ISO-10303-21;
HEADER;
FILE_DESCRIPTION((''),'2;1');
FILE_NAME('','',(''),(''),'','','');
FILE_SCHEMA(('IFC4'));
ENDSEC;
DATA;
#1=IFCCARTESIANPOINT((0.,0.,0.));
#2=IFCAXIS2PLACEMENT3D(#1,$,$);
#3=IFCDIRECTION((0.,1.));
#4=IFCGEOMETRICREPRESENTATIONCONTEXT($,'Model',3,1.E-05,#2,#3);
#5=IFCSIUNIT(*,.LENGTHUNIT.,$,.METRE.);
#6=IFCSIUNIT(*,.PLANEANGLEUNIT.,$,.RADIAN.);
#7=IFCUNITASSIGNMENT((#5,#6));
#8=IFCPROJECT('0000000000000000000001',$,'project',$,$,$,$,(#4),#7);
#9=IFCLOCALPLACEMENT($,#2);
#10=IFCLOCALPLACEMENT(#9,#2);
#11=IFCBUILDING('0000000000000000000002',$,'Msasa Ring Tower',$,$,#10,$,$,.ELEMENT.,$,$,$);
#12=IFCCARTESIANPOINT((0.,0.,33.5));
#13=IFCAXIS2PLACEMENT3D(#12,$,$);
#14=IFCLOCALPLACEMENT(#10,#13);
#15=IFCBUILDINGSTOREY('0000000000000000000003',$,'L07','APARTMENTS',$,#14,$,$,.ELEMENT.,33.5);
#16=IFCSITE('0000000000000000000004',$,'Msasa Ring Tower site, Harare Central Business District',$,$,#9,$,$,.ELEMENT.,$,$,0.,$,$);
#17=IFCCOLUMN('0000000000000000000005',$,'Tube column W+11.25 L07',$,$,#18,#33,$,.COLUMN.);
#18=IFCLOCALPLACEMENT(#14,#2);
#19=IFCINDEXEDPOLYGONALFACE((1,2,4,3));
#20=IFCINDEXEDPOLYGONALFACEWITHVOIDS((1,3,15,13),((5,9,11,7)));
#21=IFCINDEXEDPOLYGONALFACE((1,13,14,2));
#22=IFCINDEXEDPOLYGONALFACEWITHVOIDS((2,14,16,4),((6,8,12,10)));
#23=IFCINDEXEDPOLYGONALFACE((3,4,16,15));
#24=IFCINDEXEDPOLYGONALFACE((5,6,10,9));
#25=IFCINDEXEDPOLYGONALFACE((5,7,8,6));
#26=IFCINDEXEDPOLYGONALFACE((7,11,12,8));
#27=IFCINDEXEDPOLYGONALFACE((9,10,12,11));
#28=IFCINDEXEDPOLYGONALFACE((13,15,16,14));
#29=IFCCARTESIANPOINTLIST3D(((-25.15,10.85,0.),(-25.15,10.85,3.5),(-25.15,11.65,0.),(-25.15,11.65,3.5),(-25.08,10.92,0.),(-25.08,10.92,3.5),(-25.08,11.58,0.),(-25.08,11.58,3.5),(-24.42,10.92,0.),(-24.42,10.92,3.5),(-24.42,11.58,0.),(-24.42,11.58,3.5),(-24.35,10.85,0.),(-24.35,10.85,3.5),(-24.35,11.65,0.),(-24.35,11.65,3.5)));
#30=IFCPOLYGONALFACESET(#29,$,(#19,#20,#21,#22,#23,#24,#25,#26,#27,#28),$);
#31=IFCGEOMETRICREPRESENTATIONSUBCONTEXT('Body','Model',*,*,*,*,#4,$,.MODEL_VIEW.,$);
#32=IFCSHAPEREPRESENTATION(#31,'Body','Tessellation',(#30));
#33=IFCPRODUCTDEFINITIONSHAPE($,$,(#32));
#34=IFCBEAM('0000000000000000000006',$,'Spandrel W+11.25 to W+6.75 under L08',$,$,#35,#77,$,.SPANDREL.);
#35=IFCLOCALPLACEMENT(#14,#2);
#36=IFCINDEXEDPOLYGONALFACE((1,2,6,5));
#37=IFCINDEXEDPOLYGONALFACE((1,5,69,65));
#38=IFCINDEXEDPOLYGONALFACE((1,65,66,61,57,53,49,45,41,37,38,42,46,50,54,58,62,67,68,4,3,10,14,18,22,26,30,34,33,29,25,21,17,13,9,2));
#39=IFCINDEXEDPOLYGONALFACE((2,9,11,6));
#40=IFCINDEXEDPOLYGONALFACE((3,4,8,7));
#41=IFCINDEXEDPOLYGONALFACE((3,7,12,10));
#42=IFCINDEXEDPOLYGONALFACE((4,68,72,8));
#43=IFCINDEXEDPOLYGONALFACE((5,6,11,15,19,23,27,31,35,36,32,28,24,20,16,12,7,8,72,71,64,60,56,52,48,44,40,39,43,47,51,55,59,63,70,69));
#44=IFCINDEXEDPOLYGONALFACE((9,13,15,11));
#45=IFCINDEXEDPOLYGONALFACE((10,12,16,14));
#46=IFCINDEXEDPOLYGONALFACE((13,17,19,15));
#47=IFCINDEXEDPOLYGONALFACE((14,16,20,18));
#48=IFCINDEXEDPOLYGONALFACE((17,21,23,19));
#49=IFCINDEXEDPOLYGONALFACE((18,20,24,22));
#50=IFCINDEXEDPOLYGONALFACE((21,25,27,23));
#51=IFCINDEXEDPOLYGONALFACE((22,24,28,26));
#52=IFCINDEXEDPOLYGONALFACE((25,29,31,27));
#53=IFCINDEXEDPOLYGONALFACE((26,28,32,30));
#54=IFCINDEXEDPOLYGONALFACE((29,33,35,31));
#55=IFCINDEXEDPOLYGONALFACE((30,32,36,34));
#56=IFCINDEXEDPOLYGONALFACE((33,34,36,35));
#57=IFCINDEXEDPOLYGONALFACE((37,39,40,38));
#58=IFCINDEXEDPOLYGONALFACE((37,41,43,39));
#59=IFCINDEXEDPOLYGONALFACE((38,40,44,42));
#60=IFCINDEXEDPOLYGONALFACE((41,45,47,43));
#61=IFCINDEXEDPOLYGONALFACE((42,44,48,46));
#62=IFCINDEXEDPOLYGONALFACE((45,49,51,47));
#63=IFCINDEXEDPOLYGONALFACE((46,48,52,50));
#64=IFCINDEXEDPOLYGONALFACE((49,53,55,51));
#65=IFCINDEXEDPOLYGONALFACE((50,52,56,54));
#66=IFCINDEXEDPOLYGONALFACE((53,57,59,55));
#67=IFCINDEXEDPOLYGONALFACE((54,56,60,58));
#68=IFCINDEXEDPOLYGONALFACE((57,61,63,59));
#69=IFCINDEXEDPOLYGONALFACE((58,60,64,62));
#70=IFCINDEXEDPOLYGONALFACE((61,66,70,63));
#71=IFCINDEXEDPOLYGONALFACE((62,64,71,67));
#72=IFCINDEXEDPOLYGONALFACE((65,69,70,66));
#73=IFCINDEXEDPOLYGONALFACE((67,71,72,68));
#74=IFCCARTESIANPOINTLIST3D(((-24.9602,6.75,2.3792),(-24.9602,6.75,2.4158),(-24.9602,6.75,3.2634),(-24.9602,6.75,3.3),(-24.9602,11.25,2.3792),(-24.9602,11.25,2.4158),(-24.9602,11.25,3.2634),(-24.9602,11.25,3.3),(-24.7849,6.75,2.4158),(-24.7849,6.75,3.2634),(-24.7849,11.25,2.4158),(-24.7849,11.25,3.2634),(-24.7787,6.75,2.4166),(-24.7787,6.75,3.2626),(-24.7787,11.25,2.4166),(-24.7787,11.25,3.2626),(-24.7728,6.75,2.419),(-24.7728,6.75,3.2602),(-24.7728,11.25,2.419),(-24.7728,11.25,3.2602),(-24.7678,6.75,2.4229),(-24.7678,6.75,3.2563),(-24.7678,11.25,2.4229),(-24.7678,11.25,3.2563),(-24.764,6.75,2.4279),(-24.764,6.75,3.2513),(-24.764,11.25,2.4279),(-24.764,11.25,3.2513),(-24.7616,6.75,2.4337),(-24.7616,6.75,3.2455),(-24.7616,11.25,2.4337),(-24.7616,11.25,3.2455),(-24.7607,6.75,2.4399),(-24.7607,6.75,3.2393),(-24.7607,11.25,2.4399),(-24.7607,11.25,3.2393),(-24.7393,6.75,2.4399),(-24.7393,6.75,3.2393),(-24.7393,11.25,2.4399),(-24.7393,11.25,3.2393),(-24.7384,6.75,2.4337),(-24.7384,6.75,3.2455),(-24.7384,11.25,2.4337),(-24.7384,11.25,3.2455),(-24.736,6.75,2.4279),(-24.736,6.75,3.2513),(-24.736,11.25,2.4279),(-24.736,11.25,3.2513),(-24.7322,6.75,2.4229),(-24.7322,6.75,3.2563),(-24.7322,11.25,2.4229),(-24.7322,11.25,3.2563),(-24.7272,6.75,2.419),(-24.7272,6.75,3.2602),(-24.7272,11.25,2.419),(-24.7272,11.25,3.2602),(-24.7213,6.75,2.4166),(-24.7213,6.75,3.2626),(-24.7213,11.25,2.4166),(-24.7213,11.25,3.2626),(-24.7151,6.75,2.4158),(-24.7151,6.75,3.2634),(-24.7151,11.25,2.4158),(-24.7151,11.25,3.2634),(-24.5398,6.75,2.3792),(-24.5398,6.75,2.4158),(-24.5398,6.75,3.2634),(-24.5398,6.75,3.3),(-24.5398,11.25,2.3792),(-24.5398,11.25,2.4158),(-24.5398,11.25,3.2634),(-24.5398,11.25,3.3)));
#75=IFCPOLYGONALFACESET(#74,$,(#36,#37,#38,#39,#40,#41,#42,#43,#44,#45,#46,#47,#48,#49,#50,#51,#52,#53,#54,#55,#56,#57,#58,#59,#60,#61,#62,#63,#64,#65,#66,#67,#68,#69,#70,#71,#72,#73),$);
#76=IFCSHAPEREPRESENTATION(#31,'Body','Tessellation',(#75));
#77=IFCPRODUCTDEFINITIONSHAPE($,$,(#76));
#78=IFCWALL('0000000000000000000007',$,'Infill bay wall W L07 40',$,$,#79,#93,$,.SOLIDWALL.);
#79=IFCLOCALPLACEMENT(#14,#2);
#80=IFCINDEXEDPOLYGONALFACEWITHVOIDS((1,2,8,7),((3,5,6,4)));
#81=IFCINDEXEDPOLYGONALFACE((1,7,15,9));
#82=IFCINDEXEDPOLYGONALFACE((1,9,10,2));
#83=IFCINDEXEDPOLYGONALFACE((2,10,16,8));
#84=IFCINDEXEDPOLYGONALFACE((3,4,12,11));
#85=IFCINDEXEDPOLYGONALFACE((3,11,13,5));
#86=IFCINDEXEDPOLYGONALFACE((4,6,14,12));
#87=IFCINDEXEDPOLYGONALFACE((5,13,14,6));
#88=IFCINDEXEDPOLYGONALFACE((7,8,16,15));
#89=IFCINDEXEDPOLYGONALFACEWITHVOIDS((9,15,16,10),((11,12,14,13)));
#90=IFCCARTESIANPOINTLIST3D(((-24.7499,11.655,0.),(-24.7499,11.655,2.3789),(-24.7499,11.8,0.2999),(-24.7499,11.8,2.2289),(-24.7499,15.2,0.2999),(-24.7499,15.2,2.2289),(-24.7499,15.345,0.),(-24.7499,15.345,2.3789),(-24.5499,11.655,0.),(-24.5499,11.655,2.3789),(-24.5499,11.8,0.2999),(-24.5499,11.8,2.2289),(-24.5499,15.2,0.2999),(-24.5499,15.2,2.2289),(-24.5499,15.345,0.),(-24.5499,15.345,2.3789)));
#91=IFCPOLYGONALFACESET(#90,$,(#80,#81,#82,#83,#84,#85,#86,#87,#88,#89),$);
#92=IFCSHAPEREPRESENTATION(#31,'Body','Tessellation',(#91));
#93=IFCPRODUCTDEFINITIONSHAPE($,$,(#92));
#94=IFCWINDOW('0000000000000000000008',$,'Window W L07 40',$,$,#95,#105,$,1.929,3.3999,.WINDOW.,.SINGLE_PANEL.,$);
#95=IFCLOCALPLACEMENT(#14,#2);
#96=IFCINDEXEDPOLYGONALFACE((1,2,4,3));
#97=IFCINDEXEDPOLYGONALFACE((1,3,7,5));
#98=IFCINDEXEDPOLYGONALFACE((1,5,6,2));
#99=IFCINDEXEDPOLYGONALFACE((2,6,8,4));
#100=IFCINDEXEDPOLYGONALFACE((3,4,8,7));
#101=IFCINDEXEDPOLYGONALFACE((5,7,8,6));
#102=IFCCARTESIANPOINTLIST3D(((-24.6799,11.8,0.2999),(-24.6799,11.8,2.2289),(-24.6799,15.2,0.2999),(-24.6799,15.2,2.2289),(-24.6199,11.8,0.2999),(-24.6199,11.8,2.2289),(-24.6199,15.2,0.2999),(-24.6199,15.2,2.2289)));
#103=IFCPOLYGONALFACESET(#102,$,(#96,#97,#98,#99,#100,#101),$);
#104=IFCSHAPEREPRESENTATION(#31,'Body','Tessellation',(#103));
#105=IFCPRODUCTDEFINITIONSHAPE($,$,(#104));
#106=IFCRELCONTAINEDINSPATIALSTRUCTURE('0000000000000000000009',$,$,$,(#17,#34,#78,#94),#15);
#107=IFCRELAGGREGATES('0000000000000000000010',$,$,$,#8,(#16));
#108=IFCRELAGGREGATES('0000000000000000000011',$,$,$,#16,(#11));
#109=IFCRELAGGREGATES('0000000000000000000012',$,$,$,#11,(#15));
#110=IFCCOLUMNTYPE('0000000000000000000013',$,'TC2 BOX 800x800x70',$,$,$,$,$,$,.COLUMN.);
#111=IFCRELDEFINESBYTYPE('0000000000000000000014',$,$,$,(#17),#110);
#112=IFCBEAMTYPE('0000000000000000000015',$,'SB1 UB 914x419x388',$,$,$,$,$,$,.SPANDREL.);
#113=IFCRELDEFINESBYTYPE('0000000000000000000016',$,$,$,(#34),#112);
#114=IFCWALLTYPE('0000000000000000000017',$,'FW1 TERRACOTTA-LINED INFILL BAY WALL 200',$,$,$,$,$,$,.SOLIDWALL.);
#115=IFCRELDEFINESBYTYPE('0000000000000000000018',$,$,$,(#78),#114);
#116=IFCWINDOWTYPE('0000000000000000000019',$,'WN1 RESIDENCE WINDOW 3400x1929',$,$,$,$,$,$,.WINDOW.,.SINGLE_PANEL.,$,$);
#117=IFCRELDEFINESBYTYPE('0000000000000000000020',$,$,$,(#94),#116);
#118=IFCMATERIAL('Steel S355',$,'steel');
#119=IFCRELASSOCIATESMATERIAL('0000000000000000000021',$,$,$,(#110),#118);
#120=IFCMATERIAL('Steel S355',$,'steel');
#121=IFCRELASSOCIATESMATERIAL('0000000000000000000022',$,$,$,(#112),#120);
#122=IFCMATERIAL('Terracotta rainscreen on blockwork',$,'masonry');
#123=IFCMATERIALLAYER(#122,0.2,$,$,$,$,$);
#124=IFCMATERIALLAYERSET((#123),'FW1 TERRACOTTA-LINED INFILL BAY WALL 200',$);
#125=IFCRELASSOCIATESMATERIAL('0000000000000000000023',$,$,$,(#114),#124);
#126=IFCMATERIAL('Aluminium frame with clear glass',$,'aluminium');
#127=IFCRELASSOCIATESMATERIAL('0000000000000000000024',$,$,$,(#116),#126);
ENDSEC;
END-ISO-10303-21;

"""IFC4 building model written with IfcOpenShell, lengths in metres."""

from ifc_helpers import new_model, si_unit, direction, frame, frame_2d, origin, origin_2d, place, context, subcontext, project, spatial, rectangle, hollow_rectangle, i_section, extrude, material, layer, layer_set, material_profile, profile_set, type_object, element, fill, save


model = new_model("IFC4")

# Units and contexts
model_context = context("Model", 3, precision=1e-05, world=origin(), true_north=direction((0.0, 1.0)))
body_context = subcontext(model_context, "Body", "Model", "MODEL_VIEW")
ifc_project = project(units=[si_unit("LENGTHUNIT", "METRE"), si_unit("PLANEANGLEUNIT", "RADIAN")], contexts=[model_context])

# Site, building, storey
site_placement = place(None, origin())
site = spatial("IfcSite", under=ifc_project, at=site_placement, Name="Msasa Ring Tower site, Harare Central Business District", CompositionType="ELEMENT", RefElevation=0.0)
building_placement = place(site_placement, origin())
building = spatial("IfcBuilding", under=site, at=building_placement, Name="Msasa Ring Tower", CompositionType="ELEMENT")
storey_placement = place(building_placement, frame((0.0, 0.0, 33.5)))
storey = spatial("IfcBuildingStorey", under=building, at=storey_placement, Name="L07", Description="APARTMENTS", CompositionType="ELEMENT", Elevation=33.5)

# Column
ifc_material_1 = material(Name="Steel S355", Category="steel")
ifc_material_profile_1 = material_profile(ifc_material_1, hollow_rectangle(XDim=0.8, YDim=0.8, WallThickness=0.0701, at=origin_2d()), Name="BOX 800x800x70")
ifc_profile_set_1 = profile_set([ifc_material_profile_1], Name="Steel S355")
column_type = type_object("IfcColumnType", Name="TC2 BOX 800x800x70", PredefinedType="COLUMN", material=ifc_profile_set_1)
column_placement = place(storey_placement, frame((-24.75, 11.25, 0.0), z_axis=(0.0, 0.0, 1.0), x_axis=(1.0, 0.0, 0.0)))
element("IfcColumn", 1, at=column_placement, inside=storey, type_object=column_type, Name="Tube column W+11.25 L07", PredefinedType="COLUMN", context=body_context, shape_type="SweptSolid", body=[
    extrude(hollow_rectangle(XDim=0.8, YDim=0.8, WallThickness=0.0701, at=origin_2d()), origin(), (0.0, 0.0, 1.0), 3.5),
])

# Beam
ifc_material_2 = material(Name="Steel S355", Category="steel")
ifc_material_profile_2 = material_profile(ifc_material_2, i_section(OverallWidth=0.4204, OverallDepth=0.9209, WebThickness=0.0215, FlangeThickness=0.0366, FilletRadius=0.0242, at=origin_2d()), Name="UB 914x419x388")
ifc_profile_set_2 = profile_set([ifc_material_profile_2], Name="Steel S355")
beam_type = type_object("IfcBeamType", Name="SB1 UB 914x419x388", PredefinedType="SPANDREL", material=ifc_profile_set_2)
beam_placement = place(storey_placement, frame((-24.75, 11.25, 2.8396), z_axis=(0.0, -1.0, 0.0), x_axis=(1.0, 0.0, 0.0)))
element("IfcBeam", 2, at=beam_placement, inside=storey, type_object=beam_type, Name="Spandrel W+11.25 to W+6.75 under L08", PredefinedType="SPANDREL", context=body_context, shape_type="SweptSolid", body=[
    extrude(i_section(OverallWidth=0.4204, OverallDepth=0.9209, WebThickness=0.0215, FlangeThickness=0.0366, FilletRadius=0.0242, at=origin_2d()), origin(), (0.0, 0.0, 1.0), 4.5),
])

# Wall, opening, window
ifc_material_3 = material(Name="Terracotta rainscreen on blockwork", Category="masonry")
ifc_layer_1 = layer(ifc_material_3, 0.2)
ifc_layer_set_1 = layer_set([ifc_layer_1], Name="FW1 TERRACOTTA-LINED INFILL BAY WALL 200")
wall_type_1 = type_object("IfcWallType", Name="FW1 TERRACOTTA-LINED INFILL BAY WALL 200", PredefinedType="SOLIDWALL", material=ifc_layer_set_1)
wall_1_placement = place(storey_placement, frame((-24.6499, 11.655, 0.0), z_axis=(0.0, 0.0, 1.0), x_axis=(0.0, 1.0, 0.0)))
wall_1 = element("IfcWall", 3, at=wall_1_placement, inside=storey, type_object=wall_type_1, Name="Infill bay wall W L07 40", PredefinedType="SOLIDWALL", context=body_context, shape_type="SweptSolid", body=[
    extrude(rectangle(XDim=3.6899, YDim=0.2, at=frame_2d((1.845, 0.0))), origin(), (0.0, 0.0, 1.0), 2.3789),
])
opening_1_placement = place(wall_1_placement, frame((0.145, 0.0, 0.3)))
opening_1 = element("IfcOpeningElement", 4, at=opening_1_placement, cuts=wall_1, PredefinedType="OPENING", context=body_context, shape_type="SweptSolid", body=[
    extrude(rectangle(XDim=3.3999, YDim=1.929, at=frame_2d((1.7, 0.9644))), frame((0.0, 0.1099, 0.0), z_axis=(0.0, -1.0, 0.0), x_axis=(1.0, 0.0, 0.0)), (0.0, 0.0, 1.0), 0.22),
])
ifc_material_4 = material(Name="Aluminium frame with clear glass", Category="aluminium")
window_type = type_object("IfcWindowType", Name="WN1 RESIDENCE WINDOW 3400x1929", PartitioningType="SINGLE_PANEL", PredefinedType="WINDOW", material=ifc_material_4)
window_placement = place(opening_1_placement, origin())
window = element("IfcWindow", 5, at=window_placement, inside=storey, type_object=window_type, Name="Window W L07 40", OverallHeight=1.929, OverallWidth=3.3999, PartitioningType="SINGLE_PANEL", PredefinedType="WINDOW", context=body_context, shape_type="SweptSolid", body=[
    extrude(rectangle(XDim=3.3999, YDim=1.929, at=frame_2d((1.7, 0.9644))), frame((0.0, 0.03, 0.0), z_axis=(0.0, -1.0, 0.0), x_axis=(1.0, 0.0, 0.0)), (0.0, 0.0, 1.0), 0.0601),
])
fill(opening_1, window)

save(model, "model.ifc")
